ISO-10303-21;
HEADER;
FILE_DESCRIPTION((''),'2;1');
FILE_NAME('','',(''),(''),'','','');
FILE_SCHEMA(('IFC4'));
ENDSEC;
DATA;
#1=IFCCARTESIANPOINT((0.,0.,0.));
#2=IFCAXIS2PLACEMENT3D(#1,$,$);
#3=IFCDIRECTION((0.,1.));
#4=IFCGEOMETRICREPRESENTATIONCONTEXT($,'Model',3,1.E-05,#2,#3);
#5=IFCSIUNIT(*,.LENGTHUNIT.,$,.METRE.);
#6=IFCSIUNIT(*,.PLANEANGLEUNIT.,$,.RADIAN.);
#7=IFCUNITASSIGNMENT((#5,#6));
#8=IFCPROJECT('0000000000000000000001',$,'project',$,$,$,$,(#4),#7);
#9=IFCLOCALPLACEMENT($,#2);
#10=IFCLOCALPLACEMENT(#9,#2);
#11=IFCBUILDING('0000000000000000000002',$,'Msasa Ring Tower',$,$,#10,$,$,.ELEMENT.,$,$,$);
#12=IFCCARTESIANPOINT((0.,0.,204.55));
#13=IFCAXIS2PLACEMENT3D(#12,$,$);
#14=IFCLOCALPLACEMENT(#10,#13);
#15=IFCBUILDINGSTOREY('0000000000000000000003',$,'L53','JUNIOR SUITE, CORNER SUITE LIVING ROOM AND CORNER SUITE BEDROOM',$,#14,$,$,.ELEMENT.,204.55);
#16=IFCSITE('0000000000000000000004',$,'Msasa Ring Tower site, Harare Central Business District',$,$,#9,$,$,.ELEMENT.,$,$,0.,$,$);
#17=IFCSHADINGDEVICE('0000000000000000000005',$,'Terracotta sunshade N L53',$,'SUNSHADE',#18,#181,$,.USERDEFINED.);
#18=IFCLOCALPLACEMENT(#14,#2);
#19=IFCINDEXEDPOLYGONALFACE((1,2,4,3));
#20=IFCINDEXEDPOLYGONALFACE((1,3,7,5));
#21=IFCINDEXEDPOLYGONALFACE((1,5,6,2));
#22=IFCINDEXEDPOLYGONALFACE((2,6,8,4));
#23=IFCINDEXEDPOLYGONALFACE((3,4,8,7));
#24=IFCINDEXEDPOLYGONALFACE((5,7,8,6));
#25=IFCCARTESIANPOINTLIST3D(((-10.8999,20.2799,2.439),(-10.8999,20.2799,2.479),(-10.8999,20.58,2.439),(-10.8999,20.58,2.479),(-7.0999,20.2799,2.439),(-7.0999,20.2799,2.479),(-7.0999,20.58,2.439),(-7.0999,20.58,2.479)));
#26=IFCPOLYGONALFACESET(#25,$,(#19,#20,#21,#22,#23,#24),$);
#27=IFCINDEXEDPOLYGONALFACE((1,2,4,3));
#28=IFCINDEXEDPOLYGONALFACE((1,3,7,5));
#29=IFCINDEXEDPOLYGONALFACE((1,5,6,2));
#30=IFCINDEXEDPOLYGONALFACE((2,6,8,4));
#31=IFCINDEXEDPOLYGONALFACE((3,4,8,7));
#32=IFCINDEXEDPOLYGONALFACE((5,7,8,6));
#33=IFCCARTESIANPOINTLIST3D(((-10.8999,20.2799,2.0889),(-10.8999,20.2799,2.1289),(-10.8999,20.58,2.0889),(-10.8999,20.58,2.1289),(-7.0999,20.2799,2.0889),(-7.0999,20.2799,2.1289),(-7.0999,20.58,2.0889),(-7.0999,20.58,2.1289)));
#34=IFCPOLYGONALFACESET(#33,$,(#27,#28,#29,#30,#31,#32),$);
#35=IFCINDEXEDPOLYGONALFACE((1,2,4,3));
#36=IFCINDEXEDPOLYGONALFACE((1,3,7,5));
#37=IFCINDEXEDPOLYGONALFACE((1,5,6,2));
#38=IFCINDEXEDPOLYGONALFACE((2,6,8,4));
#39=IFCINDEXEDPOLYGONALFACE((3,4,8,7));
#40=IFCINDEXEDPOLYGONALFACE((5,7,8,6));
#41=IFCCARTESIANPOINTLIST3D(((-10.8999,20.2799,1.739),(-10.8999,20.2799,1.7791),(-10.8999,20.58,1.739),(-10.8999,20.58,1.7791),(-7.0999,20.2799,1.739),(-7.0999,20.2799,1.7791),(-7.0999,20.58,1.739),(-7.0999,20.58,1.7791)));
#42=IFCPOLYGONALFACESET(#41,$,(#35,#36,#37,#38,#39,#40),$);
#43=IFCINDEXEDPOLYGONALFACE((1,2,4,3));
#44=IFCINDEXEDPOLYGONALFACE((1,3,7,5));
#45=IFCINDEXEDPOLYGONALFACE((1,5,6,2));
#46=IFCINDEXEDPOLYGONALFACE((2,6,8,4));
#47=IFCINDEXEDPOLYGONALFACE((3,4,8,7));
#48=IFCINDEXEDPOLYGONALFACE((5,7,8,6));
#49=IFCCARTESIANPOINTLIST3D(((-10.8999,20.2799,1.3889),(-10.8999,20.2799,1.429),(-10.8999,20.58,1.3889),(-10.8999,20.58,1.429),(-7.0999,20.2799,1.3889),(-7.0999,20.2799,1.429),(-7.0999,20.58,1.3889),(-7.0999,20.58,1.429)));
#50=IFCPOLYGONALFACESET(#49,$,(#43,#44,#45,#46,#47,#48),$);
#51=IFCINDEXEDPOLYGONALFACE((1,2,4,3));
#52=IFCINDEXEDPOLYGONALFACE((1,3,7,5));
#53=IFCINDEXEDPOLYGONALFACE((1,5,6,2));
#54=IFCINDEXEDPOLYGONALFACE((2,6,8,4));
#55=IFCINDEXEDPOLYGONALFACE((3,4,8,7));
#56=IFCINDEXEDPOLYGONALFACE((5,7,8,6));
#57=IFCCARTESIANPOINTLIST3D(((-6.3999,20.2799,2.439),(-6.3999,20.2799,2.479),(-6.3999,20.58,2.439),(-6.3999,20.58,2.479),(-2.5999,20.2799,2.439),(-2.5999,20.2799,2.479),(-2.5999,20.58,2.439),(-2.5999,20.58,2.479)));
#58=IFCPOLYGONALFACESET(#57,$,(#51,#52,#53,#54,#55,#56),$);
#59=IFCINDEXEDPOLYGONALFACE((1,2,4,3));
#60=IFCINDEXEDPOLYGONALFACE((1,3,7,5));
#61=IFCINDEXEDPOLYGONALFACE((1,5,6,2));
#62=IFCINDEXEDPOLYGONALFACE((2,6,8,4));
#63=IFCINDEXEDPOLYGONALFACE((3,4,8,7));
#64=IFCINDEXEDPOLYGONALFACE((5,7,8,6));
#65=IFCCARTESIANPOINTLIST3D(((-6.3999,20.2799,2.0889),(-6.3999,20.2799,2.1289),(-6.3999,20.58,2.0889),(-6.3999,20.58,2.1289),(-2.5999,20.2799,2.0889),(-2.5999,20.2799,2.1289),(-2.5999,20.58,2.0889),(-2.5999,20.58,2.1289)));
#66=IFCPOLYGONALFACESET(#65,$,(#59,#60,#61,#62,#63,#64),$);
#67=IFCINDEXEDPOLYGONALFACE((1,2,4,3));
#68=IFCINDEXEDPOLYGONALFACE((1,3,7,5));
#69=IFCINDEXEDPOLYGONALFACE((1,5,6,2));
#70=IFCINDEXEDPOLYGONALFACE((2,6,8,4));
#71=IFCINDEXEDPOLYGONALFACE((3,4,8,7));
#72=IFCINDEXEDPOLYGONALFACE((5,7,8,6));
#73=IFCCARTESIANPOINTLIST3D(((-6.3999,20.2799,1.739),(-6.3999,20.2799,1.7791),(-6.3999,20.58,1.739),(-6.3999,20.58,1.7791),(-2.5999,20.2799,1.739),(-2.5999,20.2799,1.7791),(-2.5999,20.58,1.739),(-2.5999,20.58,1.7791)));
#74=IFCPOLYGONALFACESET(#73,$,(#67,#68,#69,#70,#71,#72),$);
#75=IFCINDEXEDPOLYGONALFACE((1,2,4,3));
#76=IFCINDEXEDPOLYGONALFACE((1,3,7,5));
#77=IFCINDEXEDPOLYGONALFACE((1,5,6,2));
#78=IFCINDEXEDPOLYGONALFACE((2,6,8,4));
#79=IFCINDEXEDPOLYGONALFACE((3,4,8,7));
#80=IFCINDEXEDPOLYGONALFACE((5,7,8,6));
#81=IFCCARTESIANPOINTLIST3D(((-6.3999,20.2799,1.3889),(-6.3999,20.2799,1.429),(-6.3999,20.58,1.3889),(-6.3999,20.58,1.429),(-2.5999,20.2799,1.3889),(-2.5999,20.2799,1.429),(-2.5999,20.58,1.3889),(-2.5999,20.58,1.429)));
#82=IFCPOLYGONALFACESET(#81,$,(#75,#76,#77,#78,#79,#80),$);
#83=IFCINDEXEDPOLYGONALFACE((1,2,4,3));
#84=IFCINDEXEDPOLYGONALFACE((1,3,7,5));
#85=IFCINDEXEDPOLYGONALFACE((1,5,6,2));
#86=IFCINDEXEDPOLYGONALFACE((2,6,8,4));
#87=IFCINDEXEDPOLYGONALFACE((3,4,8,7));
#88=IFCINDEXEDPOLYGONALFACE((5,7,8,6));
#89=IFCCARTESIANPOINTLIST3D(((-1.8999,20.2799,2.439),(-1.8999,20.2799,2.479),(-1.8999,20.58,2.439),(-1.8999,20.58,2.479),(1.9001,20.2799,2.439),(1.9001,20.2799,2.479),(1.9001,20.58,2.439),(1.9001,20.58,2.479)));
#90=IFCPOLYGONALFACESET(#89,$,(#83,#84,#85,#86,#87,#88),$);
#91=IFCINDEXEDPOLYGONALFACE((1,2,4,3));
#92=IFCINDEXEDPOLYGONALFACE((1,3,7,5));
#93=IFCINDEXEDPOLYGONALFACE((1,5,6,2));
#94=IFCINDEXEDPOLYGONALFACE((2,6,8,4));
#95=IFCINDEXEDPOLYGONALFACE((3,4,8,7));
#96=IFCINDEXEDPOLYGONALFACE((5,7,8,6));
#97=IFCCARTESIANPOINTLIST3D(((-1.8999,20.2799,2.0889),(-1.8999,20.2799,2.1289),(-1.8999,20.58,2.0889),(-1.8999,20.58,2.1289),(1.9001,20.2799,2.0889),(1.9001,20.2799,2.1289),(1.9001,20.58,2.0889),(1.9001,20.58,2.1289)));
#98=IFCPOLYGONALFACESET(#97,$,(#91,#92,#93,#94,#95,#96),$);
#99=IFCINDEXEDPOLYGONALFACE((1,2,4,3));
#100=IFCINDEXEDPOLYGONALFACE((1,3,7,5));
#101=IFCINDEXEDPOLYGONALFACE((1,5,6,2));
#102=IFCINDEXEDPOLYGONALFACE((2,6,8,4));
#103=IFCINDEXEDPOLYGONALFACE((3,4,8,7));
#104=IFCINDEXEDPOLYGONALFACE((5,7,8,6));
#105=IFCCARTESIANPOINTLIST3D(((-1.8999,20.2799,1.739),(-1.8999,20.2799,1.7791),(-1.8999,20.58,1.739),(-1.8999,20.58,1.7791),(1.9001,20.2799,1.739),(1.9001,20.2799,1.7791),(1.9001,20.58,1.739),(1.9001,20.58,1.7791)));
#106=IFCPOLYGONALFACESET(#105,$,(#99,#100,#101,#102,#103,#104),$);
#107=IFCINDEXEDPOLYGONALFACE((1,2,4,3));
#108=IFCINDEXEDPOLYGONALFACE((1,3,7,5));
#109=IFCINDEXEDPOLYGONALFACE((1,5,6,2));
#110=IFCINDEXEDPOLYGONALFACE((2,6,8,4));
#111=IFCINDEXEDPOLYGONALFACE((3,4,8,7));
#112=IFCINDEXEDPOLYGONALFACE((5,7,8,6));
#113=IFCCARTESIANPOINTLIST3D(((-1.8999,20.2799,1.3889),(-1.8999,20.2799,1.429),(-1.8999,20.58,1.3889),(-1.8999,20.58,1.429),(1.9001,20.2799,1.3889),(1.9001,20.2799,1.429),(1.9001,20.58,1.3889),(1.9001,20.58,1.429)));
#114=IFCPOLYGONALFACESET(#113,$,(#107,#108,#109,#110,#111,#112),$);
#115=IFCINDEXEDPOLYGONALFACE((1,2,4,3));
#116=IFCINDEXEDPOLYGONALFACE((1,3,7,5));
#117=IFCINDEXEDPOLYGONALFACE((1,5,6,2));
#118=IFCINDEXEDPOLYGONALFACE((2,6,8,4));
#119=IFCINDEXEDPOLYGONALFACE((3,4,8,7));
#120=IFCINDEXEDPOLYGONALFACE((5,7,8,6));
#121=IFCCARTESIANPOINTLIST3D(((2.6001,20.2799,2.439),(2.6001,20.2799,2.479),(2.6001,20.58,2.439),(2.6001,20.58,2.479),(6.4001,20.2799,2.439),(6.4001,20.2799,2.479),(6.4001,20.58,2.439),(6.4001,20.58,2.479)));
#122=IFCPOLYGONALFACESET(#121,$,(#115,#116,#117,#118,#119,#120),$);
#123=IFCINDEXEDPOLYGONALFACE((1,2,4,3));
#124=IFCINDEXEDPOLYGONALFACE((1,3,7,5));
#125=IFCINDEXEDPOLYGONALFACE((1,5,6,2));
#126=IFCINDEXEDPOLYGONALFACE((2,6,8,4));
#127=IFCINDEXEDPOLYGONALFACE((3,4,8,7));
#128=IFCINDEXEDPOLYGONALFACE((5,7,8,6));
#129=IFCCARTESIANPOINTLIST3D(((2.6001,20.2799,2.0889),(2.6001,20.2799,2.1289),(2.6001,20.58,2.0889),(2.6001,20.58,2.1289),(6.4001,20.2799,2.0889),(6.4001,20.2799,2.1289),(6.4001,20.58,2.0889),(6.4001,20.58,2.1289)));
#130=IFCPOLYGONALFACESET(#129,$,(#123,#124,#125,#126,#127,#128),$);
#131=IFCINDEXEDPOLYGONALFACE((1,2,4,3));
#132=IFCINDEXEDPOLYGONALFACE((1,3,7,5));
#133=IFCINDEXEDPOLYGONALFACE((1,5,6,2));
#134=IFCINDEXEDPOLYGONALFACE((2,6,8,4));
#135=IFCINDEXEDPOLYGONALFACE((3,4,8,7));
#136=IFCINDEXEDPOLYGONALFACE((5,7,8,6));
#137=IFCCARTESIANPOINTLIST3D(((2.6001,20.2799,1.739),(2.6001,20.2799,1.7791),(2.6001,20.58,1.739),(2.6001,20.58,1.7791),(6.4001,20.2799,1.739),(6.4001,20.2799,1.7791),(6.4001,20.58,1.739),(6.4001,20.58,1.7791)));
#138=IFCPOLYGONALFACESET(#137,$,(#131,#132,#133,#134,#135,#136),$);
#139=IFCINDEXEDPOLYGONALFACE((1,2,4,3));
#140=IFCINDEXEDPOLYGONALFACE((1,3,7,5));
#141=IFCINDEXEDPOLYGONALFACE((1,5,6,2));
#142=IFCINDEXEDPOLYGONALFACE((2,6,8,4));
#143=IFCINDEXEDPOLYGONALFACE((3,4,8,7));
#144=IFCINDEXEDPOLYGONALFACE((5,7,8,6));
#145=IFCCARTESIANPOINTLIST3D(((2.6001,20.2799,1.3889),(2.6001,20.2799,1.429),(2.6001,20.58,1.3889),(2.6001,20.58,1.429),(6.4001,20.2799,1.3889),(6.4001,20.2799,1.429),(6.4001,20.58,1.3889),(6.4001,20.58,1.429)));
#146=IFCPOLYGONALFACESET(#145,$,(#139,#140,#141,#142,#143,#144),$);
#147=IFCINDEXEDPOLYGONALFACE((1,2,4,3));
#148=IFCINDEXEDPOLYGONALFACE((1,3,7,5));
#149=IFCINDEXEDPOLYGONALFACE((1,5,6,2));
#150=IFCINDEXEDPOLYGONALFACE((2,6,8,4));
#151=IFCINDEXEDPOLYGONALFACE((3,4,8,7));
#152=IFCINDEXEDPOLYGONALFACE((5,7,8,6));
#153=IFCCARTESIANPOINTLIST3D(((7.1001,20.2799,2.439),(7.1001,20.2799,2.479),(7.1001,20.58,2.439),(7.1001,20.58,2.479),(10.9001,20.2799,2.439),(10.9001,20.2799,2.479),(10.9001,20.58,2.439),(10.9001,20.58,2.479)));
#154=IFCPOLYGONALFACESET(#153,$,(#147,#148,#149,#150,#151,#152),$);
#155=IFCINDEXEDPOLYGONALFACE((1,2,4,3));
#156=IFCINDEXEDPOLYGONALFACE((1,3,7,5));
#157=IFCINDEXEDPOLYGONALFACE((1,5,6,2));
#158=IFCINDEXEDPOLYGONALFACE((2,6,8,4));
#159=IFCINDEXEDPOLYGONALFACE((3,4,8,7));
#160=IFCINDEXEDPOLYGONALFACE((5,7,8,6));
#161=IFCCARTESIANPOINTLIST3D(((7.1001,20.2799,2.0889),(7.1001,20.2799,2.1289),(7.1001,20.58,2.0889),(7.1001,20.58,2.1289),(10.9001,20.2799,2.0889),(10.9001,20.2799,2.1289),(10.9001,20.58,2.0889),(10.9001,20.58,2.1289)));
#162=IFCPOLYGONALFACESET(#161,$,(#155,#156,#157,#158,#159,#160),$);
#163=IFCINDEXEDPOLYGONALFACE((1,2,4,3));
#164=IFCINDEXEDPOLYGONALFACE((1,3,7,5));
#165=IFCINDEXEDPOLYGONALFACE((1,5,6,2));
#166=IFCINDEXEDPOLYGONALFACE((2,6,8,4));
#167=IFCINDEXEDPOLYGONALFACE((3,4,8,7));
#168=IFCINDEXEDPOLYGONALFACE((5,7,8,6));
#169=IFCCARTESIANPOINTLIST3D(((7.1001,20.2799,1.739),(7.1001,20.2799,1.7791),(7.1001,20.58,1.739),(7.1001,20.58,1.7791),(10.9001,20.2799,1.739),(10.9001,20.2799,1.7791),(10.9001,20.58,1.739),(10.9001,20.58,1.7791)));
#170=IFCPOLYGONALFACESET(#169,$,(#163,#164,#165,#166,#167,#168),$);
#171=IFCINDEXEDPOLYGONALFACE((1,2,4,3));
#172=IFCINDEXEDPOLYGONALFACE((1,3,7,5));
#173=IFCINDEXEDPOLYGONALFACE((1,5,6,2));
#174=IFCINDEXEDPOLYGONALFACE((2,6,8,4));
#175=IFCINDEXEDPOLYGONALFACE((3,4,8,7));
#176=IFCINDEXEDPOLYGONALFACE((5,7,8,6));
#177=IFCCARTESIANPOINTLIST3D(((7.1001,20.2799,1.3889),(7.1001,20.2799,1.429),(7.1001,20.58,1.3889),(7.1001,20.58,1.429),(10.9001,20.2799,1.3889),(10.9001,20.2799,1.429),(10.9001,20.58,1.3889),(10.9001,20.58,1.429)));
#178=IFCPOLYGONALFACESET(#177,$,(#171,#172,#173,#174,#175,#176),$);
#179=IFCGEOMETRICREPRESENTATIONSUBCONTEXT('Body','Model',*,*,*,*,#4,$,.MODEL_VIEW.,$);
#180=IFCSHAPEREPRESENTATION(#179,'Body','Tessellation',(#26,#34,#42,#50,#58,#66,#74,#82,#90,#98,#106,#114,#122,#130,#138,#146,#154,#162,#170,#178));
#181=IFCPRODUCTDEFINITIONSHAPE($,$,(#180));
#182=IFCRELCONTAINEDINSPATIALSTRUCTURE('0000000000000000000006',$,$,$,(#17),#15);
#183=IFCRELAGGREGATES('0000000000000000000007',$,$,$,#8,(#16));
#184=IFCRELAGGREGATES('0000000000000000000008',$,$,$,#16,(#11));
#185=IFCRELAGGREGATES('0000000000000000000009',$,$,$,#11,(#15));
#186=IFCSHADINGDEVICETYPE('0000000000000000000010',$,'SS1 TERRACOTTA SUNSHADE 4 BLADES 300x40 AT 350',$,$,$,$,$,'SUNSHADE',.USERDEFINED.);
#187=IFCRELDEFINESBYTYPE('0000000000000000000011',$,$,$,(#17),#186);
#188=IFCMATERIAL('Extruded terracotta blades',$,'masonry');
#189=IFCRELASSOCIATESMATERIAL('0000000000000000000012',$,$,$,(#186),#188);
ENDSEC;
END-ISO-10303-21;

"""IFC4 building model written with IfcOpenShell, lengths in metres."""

from ifc_helpers import new_model, si_unit, direction, frame, origin, origin_2d, place, context, subcontext, project, spatial, rectangle, extrude, material, type_object, element, save


model = new_model("IFC4")

# Units and contexts
model_context = context("Model", 3, precision=1e-05, world=origin(), true_north=direction((0.0, 1.0)))
body_context = subcontext(model_context, "Body", "Model", "MODEL_VIEW")
ifc_project = project(units=[si_unit("LENGTHUNIT", "METRE"), si_unit("PLANEANGLEUNIT", "RADIAN")], contexts=[model_context])

# Site, building, storey
site_placement = place(None, origin())
site = spatial("IfcSite", under=ifc_project, at=site_placement, Name="Msasa Ring Tower site, Harare Central Business District", CompositionType="ELEMENT", RefElevation=0.0)
building_placement = place(site_placement, origin())
building = spatial("IfcBuilding", under=site, at=building_placement, Name="Msasa Ring Tower", CompositionType="ELEMENT")
storey_placement = place(building_placement, frame((0.0, 0.0, 204.55)))
storey = spatial("IfcBuildingStorey", under=building, at=storey_placement, Name="L53", Description="JUNIOR SUITE, CORNER SUITE LIVING ROOM AND CORNER SUITE BEDROOM", CompositionType="ELEMENT", Elevation=204.55)

# Shading device
ifc_material_1 = material(Name="Extruded terracotta blades", Category="masonry")
shading_device_type_1 = type_object("IfcShadingDeviceType", Name="SS1 TERRACOTTA SUNSHADE 4 BLADES 300x40 AT 350", ElementType="SUNSHADE", PredefinedType="USERDEFINED", material=ifc_material_1)
shading_device_1_placement = place(storey_placement, origin())
element("IfcShadingDevice", 1, at=shading_device_1_placement, inside=storey, type_object=shading_device_type_1, Name="Terracotta sunshade N L53", ObjectType="SUNSHADE", PredefinedType="USERDEFINED", context=body_context, shape_type="SweptSolid", body=[
    extrude(rectangle(XDim=0.04, YDim=0.3, at=origin_2d()), frame((-10.8999, 20.4299, 2.459), z_axis=(1.0, 0.0, 0.0), x_axis=(0.0, 0.0, 1.0)), (0.0, 0.0, 1.0), 3.8),
    extrude(rectangle(XDim=0.04, YDim=0.3, at=origin_2d()), frame((-10.8999, 20.4299, 2.1089), z_axis=(1.0, 0.0, 0.0), x_axis=(0.0, 0.0, 1.0)), (0.0, 0.0, 1.0), 3.8),
    extrude(rectangle(XDim=0.04, YDim=0.3, at=origin_2d()), frame((-10.8999, 20.4299, 1.759), z_axis=(1.0, 0.0, 0.0), x_axis=(0.0, 0.0, 1.0)), (0.0, 0.0, 1.0), 3.8),
    extrude(rectangle(XDim=0.04, YDim=0.3, at=origin_2d()), frame((-10.8999, 20.4299, 1.4089), z_axis=(1.0, 0.0, 0.0), x_axis=(0.0, 0.0, 1.0)), (0.0, 0.0, 1.0), 3.8),
    extrude(rectangle(XDim=0.04, YDim=0.3, at=origin_2d()), frame((-6.3999, 20.4299, 2.459), z_axis=(1.0, 0.0, 0.0), x_axis=(0.0, 0.0, 1.0)), (0.0, 0.0, 1.0), 3.8),
    extrude(rectangle(XDim=0.04, YDim=0.3, at=origin_2d()), frame((-6.3999, 20.4299, 2.1089), z_axis=(1.0, 0.0, 0.0), x_axis=(0.0, 0.0, 1.0)), (0.0, 0.0, 1.0), 3.8),
    extrude(rectangle(XDim=0.04, YDim=0.3, at=origin_2d()), frame((-6.3999, 20.4299, 1.759), z_axis=(1.0, 0.0, 0.0), x_axis=(0.0, 0.0, 1.0)), (0.0, 0.0, 1.0), 3.8),
    extrude(rectangle(XDim=0.04, YDim=0.3, at=origin_2d()), frame((-6.3999, 20.4299, 1.4089), z_axis=(1.0, 0.0, 0.0), x_axis=(0.0, 0.0, 1.0)), (0.0, 0.0, 1.0), 3.8),
    extrude(rectangle(XDim=0.04, YDim=0.3, at=origin_2d()), frame((-1.8999, 20.4299, 2.459), z_axis=(1.0, 0.0, 0.0), x_axis=(0.0, 0.0, 1.0)), (0.0, 0.0, 1.0), 3.8),
    extrude(rectangle(XDim=0.04, YDim=0.3, at=origin_2d()), frame((-1.8999, 20.4299, 2.1089), z_axis=(1.0, 0.0, 0.0), x_axis=(0.0, 0.0, 1.0)), (0.0, 0.0, 1.0), 3.8),
    extrude(rectangle(XDim=0.04, YDim=0.3, at=origin_2d()), frame((-1.8999, 20.4299, 1.759), z_axis=(1.0, 0.0, 0.0), x_axis=(0.0, 0.0, 1.0)), (0.0, 0.0, 1.0), 3.8),
    extrude(rectangle(XDim=0.04, YDim=0.3, at=origin_2d()), frame((-1.8999, 20.4299, 1.4089), z_axis=(1.0, 0.0, 0.0), x_axis=(0.0, 0.0, 1.0)), (0.0, 0.0, 1.0), 3.8),
    extrude(rectangle(XDim=0.04, YDim=0.3, at=origin_2d()), frame((2.6001, 20.4299, 2.459), z_axis=(1.0, 0.0, 0.0), x_axis=(0.0, 0.0, 1.0)), (0.0, 0.0, 1.0), 3.8),
    extrude(rectangle(XDim=0.04, YDim=0.3, at=origin_2d()), frame((2.6001, 20.4299, 2.1089), z_axis=(1.0, 0.0, 0.0), x_axis=(0.0, 0.0, 1.0)), (0.0, 0.0, 1.0), 3.8),
    extrude(rectangle(XDim=0.04, YDim=0.3, at=origin_2d()), frame((2.6001, 20.4299, 1.759), z_axis=(1.0, 0.0, 0.0), x_axis=(0.0, 0.0, 1.0)), (0.0, 0.0, 1.0), 3.8),
    extrude(rectangle(XDim=0.04, YDim=0.3, at=origin_2d()), frame((2.6001, 20.4299, 1.4089), z_axis=(1.0, 0.0, 0.0), x_axis=(0.0, 0.0, 1.0)), (0.0, 0.0, 1.0), 3.8),
    extrude(rectangle(XDim=0.04, YDim=0.3, at=origin_2d()), frame((7.1001, 20.4299, 2.459), z_axis=(1.0, 0.0, 0.0), x_axis=(0.0, 0.0, 1.0)), (0.0, 0.0, 1.0), 3.8),
    extrude(rectangle(XDim=0.04, YDim=0.3, at=origin_2d()), frame((7.1001, 20.4299, 2.1089), z_axis=(1.0, 0.0, 0.0), x_axis=(0.0, 0.0, 1.0)), (0.0, 0.0, 1.0), 3.8),
    extrude(rectangle(XDim=0.04, YDim=0.3, at=origin_2d()), frame((7.1001, 20.4299, 1.759), z_axis=(1.0, 0.0, 0.0), x_axis=(0.0, 0.0, 1.0)), (0.0, 0.0, 1.0), 3.8),
    extrude(rectangle(XDim=0.04, YDim=0.3, at=origin_2d()), frame((7.1001, 20.4299, 1.4089), z_axis=(1.0, 0.0, 0.0), x_axis=(0.0, 0.0, 1.0)), (0.0, 0.0, 1.0), 3.8),
])

save(model, "model.ifc")
